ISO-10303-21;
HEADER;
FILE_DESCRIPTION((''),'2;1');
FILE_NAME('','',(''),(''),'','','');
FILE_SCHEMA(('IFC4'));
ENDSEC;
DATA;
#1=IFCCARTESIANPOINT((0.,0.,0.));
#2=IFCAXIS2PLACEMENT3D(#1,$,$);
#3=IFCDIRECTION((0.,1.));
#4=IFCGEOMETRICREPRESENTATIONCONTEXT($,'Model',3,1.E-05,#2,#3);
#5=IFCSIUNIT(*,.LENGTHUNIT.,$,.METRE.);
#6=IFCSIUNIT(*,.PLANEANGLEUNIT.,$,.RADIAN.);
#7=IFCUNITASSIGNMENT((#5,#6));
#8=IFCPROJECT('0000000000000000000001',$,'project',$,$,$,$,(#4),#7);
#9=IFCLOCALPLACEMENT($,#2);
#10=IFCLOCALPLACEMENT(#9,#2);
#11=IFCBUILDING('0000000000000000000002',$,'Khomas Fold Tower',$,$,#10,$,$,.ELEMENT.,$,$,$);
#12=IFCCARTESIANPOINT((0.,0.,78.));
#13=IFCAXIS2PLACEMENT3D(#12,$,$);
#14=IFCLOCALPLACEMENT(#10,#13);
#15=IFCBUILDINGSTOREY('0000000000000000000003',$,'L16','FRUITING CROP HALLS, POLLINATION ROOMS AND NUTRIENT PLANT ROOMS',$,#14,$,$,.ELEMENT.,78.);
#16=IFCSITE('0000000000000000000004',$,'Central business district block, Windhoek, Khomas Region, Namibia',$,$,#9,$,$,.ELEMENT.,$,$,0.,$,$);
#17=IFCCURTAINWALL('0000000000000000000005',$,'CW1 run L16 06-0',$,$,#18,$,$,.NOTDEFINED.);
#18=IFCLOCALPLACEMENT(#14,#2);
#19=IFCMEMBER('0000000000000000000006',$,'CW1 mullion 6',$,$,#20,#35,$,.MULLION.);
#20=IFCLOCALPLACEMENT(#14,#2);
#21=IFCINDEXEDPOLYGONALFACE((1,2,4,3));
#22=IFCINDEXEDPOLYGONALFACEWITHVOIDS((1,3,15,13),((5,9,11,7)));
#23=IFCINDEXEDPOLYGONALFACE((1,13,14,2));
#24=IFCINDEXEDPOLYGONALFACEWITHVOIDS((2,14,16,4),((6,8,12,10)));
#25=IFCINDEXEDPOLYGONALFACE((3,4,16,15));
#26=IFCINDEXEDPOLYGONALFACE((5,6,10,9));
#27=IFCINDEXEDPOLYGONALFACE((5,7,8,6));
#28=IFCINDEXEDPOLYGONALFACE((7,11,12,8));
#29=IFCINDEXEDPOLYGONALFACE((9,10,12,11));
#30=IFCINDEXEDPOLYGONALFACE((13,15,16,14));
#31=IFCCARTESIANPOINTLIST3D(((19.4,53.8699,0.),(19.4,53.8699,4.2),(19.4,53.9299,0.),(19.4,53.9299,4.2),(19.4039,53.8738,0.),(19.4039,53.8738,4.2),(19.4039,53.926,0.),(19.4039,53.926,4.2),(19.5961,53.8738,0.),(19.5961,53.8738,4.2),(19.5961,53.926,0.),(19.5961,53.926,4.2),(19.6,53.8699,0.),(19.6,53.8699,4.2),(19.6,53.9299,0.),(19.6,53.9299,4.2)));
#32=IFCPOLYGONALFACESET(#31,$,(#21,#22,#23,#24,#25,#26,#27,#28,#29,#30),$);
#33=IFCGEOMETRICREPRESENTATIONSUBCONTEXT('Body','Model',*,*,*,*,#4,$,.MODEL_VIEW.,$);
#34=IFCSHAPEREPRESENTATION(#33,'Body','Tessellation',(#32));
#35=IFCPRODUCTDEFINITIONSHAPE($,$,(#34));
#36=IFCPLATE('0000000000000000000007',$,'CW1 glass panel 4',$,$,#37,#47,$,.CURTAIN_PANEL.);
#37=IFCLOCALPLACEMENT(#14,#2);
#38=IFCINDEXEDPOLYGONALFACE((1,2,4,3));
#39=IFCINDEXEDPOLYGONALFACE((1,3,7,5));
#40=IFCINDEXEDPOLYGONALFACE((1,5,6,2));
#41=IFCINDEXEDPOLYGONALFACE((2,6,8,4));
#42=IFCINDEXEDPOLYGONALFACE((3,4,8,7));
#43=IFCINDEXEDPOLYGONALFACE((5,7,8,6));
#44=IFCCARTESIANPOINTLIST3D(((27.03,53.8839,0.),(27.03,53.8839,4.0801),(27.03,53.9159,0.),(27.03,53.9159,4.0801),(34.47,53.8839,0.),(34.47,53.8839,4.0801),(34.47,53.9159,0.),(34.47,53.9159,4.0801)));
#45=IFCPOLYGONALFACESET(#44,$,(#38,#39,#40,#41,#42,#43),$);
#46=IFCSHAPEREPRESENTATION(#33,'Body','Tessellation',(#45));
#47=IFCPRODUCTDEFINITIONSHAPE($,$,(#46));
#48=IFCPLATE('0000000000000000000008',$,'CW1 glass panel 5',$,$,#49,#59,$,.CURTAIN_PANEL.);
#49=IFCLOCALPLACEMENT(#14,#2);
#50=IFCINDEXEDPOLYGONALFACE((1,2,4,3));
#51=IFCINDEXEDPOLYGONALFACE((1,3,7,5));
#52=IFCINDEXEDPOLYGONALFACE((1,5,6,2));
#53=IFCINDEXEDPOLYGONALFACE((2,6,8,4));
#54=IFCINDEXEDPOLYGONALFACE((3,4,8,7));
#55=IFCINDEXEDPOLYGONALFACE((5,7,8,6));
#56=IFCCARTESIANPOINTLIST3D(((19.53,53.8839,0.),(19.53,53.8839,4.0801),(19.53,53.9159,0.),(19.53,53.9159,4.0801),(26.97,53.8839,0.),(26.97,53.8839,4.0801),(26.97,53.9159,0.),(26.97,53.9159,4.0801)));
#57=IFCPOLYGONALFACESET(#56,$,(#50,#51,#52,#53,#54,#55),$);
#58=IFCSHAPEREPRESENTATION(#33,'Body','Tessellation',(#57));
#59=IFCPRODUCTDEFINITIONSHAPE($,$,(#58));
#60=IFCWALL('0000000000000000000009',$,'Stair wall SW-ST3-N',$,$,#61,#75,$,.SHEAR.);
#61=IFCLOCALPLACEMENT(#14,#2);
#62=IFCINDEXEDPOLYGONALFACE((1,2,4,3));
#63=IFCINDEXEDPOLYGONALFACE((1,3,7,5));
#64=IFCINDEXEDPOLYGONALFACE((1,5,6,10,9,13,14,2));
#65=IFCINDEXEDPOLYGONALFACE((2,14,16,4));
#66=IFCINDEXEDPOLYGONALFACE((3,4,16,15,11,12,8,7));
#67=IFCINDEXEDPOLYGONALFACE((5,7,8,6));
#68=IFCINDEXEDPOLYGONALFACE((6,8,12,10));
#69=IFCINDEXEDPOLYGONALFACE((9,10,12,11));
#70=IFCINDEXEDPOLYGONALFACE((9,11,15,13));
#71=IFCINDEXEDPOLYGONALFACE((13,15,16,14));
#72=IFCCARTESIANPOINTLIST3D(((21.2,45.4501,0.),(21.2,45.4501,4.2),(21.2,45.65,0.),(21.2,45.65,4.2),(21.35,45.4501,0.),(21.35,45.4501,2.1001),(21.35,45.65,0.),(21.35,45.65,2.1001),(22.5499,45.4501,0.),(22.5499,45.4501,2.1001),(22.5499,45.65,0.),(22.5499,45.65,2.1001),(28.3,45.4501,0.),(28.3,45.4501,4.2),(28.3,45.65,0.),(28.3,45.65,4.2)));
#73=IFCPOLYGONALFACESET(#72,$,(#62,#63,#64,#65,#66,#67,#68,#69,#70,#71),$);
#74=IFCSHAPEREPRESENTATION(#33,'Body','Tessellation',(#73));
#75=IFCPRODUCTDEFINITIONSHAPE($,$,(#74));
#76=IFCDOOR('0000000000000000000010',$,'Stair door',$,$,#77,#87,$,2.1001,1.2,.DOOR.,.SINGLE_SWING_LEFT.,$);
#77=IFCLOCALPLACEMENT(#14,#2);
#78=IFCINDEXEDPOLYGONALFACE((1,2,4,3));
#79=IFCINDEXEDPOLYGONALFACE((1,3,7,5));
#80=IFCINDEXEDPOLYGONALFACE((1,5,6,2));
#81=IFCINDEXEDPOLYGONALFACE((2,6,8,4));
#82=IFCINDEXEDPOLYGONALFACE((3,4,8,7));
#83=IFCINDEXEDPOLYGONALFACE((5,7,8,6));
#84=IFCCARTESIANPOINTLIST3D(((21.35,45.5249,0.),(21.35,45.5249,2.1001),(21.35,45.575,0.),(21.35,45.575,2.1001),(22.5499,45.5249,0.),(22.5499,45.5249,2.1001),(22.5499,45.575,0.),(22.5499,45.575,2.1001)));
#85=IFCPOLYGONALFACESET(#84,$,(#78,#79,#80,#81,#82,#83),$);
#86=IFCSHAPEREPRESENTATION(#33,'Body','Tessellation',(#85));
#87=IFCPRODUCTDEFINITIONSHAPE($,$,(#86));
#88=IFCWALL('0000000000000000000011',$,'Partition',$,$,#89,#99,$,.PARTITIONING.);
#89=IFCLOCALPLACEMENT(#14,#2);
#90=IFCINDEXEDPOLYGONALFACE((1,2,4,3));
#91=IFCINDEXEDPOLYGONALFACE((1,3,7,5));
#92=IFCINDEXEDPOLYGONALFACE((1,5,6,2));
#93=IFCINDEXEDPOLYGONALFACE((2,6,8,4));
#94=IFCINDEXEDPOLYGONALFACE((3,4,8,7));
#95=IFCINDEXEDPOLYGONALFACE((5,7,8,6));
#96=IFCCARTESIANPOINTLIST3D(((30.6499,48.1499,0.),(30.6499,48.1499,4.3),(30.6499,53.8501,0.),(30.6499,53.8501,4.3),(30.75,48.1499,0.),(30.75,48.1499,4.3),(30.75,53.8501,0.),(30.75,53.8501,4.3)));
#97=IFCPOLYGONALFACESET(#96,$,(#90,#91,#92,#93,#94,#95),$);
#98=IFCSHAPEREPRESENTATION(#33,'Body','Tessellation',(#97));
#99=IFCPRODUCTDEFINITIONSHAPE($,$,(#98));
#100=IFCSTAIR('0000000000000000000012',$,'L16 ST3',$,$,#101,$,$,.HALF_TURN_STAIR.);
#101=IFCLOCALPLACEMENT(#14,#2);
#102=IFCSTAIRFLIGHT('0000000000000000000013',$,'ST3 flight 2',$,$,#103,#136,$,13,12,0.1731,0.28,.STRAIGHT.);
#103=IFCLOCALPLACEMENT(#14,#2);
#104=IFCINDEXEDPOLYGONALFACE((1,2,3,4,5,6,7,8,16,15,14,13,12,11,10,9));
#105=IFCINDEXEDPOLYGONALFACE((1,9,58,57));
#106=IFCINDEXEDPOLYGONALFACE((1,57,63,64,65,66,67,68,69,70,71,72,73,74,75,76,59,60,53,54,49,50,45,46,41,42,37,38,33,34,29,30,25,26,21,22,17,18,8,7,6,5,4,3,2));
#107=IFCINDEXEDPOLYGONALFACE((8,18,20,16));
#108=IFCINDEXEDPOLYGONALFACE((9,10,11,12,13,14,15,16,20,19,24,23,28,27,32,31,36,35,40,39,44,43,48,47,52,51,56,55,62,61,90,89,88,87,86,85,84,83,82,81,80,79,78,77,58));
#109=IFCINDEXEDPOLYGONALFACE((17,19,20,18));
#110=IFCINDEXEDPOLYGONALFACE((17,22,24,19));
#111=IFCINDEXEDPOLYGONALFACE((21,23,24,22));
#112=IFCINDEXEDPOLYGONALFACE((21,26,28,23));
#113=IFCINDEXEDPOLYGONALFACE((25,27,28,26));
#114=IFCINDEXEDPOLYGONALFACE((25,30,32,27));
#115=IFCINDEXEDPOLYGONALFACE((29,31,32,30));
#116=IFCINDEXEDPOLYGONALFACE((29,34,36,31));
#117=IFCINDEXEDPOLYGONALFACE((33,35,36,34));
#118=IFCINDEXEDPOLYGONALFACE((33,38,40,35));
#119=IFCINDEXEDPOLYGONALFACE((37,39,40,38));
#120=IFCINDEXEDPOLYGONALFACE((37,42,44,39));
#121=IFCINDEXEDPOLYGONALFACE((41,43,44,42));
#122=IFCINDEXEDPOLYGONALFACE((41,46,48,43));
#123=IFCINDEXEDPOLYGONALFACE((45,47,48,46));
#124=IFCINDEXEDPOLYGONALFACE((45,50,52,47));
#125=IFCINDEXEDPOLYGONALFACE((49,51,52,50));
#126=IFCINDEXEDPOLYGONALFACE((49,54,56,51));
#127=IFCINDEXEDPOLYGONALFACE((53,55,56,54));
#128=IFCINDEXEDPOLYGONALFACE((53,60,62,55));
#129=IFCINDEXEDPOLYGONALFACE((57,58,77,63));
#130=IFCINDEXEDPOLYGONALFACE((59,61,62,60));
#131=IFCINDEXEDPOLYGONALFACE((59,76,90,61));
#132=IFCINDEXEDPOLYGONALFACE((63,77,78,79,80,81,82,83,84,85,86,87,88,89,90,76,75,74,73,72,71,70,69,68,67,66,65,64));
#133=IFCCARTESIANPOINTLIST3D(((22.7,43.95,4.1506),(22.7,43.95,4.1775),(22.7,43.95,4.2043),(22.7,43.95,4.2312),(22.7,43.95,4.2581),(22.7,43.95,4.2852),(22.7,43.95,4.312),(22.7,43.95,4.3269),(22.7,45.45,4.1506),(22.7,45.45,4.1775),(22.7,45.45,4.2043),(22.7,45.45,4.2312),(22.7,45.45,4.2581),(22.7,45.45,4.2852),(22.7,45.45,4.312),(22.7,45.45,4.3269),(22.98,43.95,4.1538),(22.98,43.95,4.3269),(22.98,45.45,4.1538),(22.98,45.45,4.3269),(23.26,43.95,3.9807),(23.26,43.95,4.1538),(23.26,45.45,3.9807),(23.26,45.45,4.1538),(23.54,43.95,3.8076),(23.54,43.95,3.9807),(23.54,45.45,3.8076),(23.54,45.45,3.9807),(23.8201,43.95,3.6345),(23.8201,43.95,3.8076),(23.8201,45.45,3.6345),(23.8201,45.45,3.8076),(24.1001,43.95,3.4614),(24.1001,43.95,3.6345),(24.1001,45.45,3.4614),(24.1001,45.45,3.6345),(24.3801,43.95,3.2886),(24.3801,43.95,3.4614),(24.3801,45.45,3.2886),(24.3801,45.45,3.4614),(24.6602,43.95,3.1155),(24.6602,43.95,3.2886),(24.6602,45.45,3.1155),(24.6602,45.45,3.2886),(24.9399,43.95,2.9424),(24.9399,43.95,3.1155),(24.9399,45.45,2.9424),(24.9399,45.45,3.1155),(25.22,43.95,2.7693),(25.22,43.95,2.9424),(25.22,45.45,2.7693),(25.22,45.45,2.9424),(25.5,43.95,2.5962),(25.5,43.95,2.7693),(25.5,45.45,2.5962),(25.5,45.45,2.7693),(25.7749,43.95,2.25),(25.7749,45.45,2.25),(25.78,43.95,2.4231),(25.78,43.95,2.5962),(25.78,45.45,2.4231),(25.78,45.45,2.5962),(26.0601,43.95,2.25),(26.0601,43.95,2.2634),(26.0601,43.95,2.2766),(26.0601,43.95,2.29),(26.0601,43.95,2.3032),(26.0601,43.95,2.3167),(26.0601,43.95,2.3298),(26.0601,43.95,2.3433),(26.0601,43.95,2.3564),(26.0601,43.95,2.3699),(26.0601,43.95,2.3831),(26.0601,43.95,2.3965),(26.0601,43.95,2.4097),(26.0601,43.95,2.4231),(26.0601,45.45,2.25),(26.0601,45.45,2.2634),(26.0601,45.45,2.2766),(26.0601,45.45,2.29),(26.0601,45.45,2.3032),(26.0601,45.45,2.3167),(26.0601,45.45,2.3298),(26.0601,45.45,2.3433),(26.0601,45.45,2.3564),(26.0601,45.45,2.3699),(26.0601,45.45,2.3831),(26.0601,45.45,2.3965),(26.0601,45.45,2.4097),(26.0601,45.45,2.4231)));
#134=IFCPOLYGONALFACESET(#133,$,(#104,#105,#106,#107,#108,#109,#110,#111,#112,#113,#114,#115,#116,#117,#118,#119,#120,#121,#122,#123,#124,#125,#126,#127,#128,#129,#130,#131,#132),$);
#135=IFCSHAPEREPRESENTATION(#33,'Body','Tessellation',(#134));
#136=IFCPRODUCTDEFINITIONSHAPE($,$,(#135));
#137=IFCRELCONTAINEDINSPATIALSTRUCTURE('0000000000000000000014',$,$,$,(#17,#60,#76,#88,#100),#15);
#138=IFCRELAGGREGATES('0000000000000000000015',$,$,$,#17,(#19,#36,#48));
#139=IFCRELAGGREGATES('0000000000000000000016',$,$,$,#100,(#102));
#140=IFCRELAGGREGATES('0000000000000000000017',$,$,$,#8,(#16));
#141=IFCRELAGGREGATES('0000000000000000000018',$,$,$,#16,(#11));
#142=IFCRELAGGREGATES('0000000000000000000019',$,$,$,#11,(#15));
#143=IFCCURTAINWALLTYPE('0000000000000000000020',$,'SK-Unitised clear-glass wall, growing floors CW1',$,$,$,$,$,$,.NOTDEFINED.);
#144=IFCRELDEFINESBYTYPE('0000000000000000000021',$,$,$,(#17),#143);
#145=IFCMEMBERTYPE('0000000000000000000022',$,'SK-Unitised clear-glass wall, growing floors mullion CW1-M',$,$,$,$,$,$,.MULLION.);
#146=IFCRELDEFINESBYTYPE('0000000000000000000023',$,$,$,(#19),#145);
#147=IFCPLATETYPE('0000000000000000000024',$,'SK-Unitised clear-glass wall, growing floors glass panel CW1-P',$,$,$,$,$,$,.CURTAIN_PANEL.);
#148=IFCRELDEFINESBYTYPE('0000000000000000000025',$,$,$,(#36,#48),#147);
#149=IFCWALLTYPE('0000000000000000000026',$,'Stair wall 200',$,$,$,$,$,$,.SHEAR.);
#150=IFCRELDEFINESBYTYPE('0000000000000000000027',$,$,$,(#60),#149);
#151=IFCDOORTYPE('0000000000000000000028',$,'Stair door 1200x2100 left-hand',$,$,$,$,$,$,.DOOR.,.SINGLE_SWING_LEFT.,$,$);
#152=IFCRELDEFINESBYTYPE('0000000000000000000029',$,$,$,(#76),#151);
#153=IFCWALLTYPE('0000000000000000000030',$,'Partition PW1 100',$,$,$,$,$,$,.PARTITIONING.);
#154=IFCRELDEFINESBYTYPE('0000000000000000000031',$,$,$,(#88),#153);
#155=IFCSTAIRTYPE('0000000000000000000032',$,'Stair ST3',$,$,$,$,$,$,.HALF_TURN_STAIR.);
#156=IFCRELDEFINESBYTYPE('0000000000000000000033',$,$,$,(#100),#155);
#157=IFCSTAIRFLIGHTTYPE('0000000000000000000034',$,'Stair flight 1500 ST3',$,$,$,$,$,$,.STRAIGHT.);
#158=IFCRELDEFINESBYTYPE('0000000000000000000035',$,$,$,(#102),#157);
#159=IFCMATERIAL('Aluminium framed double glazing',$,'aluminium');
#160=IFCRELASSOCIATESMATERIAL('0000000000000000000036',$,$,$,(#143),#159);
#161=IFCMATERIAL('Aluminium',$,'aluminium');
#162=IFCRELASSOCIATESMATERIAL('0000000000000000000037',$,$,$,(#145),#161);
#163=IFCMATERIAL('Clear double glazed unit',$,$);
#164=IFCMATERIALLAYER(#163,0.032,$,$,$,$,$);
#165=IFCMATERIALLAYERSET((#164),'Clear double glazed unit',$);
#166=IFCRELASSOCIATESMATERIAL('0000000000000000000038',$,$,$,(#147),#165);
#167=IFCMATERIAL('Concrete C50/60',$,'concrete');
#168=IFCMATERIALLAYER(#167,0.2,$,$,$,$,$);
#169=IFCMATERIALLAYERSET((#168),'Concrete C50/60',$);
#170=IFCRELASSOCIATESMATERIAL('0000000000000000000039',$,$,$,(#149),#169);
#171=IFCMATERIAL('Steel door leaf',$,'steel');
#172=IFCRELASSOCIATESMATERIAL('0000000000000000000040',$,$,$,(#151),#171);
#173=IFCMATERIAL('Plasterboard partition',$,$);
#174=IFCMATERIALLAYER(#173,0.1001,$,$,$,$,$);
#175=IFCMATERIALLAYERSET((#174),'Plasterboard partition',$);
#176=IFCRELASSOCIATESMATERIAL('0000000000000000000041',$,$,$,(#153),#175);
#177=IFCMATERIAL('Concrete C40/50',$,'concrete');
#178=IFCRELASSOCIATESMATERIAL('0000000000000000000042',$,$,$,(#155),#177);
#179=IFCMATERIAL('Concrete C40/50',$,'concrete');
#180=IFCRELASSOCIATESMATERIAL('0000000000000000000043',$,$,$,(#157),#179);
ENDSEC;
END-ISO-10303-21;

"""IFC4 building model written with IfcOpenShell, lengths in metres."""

from ifc_helpers import new_model, si_unit, direction, frame, frame_2d, origin, origin_2d, place, context, subcontext, project, spatial, polyline, rectangle, hollow_rectangle, outline, extrude, source, transform, mapped, material, layer, layer_set, material_profile, profile_set, type_object, element, fill, aggregate, save


model = new_model("IFC4")

# Units and contexts
model_context = context("Model", 3, precision=1e-05, world=origin(), true_north=direction((0.0, 1.0)))
body_context = subcontext(model_context, "Body", "Model", "MODEL_VIEW")
ifc_project = project(units=[si_unit("LENGTHUNIT", "METRE"), si_unit("PLANEANGLEUNIT", "RADIAN")], contexts=[model_context])

# Site, building, storey
site_placement = place(None, origin())
site = spatial("IfcSite", under=ifc_project, at=site_placement, Name="Central business district block, Windhoek, Khomas Region, Namibia", CompositionType="ELEMENT", RefElevation=0.0)
building_placement = place(site_placement, origin())
building = spatial("IfcBuilding", under=site, at=building_placement, Name="Khomas Fold Tower", CompositionType="ELEMENT")
storey_placement = place(building_placement, frame((0.0, 0.0, 78.0)))
storey = spatial("IfcBuildingStorey", under=building, at=storey_placement, Name="L16", Description="FRUITING CROP HALLS, POLLINATION ROOMS AND NUTRIENT PLANT ROOMS", CompositionType="ELEMENT", Elevation=78.0)

# Curtain wall, member, plates
ifc_material_1 = material(Name="Aluminium framed double glazing", Category="aluminium")
curtain_wall_type = type_object("IfcCurtainWallType", Name="SK-Unitised clear-glass wall, growing floors CW1", PredefinedType="NOTDEFINED", material=ifc_material_1)
curtain_wall_placement = place(storey_placement, origin())
curtain_wall = element("IfcCurtainWall", 1, at=curtain_wall_placement, inside=storey, type_object=curtain_wall_type, Name="CW1 run L16 06-0", PredefinedType="NOTDEFINED")
ifc_material_2 = material(Name="Aluminium", Category="aluminium")
ifc_material_profile_1 = material_profile(ifc_material_2, hollow_rectangle(XDim=0.0601, YDim=0.2, WallThickness=0.0039, at=origin_2d()), Name="SK-Unitised clear-glass wall, growing floors mullion CW1-M")
ifc_profile_set_1 = profile_set([ifc_material_profile_1], Name="Aluminium")
member_type_1 = type_object("IfcMemberType", Name="SK-Unitised clear-glass wall, growing floors mullion CW1-M", PredefinedType="MULLION", material=ifc_profile_set_1)
shared_shape_1 = source(origin(), body_context, "Body", "SweptSolid", [
    extrude(hollow_rectangle(XDim=0.0601, YDim=0.2, WallThickness=0.0039, at=origin_2d()), origin(), (0.0, 0.0, 1.0), 4.2),
])
member_1_placement = place(storey_placement, frame((19.5, 53.8999, 0.0), z_axis=(0.0, 0.0, 1.0), x_axis=(0.0, -1.0, 0.0)))
member_1 = element("IfcMember", 2, at=member_1_placement, type_object=member_type_1, Name="CW1 mullion 6", PredefinedType="MULLION", context=body_context, shape_type="MappedRepresentation", body=[
    mapped(shared_shape_1, transform((0.0, 0.0, 0.0))),
])
ifc_material_3 = material(Name="Clear double glazed unit")
ifc_layer_1 = layer(ifc_material_3, 0.032)
ifc_layer_set_1 = layer_set([ifc_layer_1], Name="Clear double glazed unit")
plate_type = type_object("IfcPlateType", Name="SK-Unitised clear-glass wall, growing floors glass panel CW1-P", PredefinedType="CURTAIN_PANEL", material=ifc_layer_set_1)
shared_shape_2 = source(origin(), body_context, "Body", "SweptSolid", [
    extrude(rectangle(XDim=7.4399, YDim=0.032, at=origin_2d()), origin(), (0.0, 0.0, 1.0), 4.0801),
])
plate_1_placement = place(storey_placement, frame((30.75, 53.8999, 0.0), z_axis=(0.0, 0.0, 1.0), x_axis=(-1.0, 0.0, 0.0)))
plate_1 = element("IfcPlate", 3, at=plate_1_placement, type_object=plate_type, Name="CW1 glass panel 4", PredefinedType="CURTAIN_PANEL", context=body_context, shape_type="MappedRepresentation", body=[
    mapped(shared_shape_2, transform((0.0, 0.0, 0.0))),
])
plate_2_placement = place(storey_placement, frame((23.25, 53.8999, 0.0), z_axis=(0.0, 0.0, 1.0), x_axis=(-1.0, 0.0, 0.0)))
plate_2 = element("IfcPlate", 4, at=plate_2_placement, type_object=plate_type, Name="CW1 glass panel 5", PredefinedType="CURTAIN_PANEL", context=body_context, shape_type="MappedRepresentation", body=[
    mapped(shared_shape_2, transform((0.0, 0.0, 0.0))),
])
aggregate(curtain_wall, [member_1, plate_1, plate_2])

# Wall, opening, door
ifc_material_4 = material(Name="Concrete C50/60", Category="concrete")
ifc_layer_2 = layer(ifc_material_4, 0.2)
ifc_layer_set_2 = layer_set([ifc_layer_2], Name="Concrete C50/60")
wall_type_1 = type_object("IfcWallType", Name="Stair wall 200", PredefinedType="SHEAR", material=ifc_layer_set_2)
shared_shape_3 = source(origin(), body_context, "Body", "SweptSolid", [
    extrude(rectangle(XDim=7.1001, YDim=0.2, at=frame_2d((3.55, 0.0))), origin(), (0.0, 0.0, 1.0), 4.2),
])
wall_1_placement = place(storey_placement, frame((21.2, 45.55, 0.0), z_axis=(0.0, 0.0, 1.0), x_axis=(1.0, 0.0, 0.0)))
wall_1 = element("IfcWall", 5, at=wall_1_placement, inside=storey, type_object=wall_type_1, Name="Stair wall SW-ST3-N", PredefinedType="SHEAR", context=body_context, shape_type="MappedRepresentation", body=[
    mapped(shared_shape_3, transform((0.0, 0.0, 0.0))),
])
shared_shape_4 = source(origin(), body_context, "Body", "SweptSolid", [
    extrude(rectangle(XDim=1.2, YDim=2.1001, at=frame_2d((0.6001, 1.05))), frame((0.0, 0.1099, 0.0), z_axis=(0.0, -1.0, 0.0), x_axis=(1.0, 0.0, 0.0)), (0.0, 0.0, 1.0), 0.22),
])
opening_placement = place(wall_1_placement, frame((0.1499, 0.0, 0.0)))
opening = element("IfcOpeningElement", 6, at=opening_placement, cuts=wall_1, PredefinedType="OPENING", context=body_context, shape_type="MappedRepresentation", body=[
    mapped(shared_shape_4, transform((0.0, 0.0, 0.0))),
])
ifc_material_5 = material(Name="Steel door leaf", Category="steel")
door_type = type_object("IfcDoorType", Name="Stair door 1200x2100 left-hand", OperationType="SINGLE_SWING_LEFT", PredefinedType="DOOR", material=ifc_material_5)
shared_shape_5 = source(origin(), body_context, "Body", "SweptSolid", [
    extrude(rectangle(XDim=1.2, YDim=2.1001, at=frame_2d((0.6001, 1.05))), frame((0.0, 0.0249, 0.0), z_axis=(0.0, -1.0, 0.0), x_axis=(1.0, 0.0, 0.0)), (0.0, 0.0, 1.0), 0.05),
])
door_placement = place(opening_placement, origin())
door = element("IfcDoor", 7, at=door_placement, inside=storey, type_object=door_type, Name="Stair door", OperationType="SINGLE_SWING_LEFT", OverallHeight=2.1001, OverallWidth=1.2, PredefinedType="DOOR", context=body_context, shape_type="MappedRepresentation", body=[
    mapped(shared_shape_5, transform((0.0, 0.0, 0.0))),
])
fill(opening, door)

# Wall
ifc_material_6 = material(Name="Plasterboard partition")
ifc_layer_3 = layer(ifc_material_6, 0.1001)
ifc_layer_set_3 = layer_set([ifc_layer_3], Name="Plasterboard partition")
wall_type_2 = type_object("IfcWallType", Name="Partition PW1 100", PredefinedType="PARTITIONING", material=ifc_layer_set_3)
shared_shape_6 = source(origin(), body_context, "Body", "SweptSolid", [
    extrude(rectangle(XDim=5.7002, YDim=0.1001, at=frame_2d((2.8501, 0.0))), origin(), (0.0, 0.0, 1.0), 4.3),
])
wall_2_placement = place(storey_placement, frame((30.7, 48.1499, 0.0), z_axis=(0.0, 0.0, 1.0), x_axis=(0.0, 1.0, 0.0)))
element("IfcWall", 8, at=wall_2_placement, inside=storey, type_object=wall_type_2, Name="Partition", PredefinedType="PARTITIONING", context=body_context, shape_type="MappedRepresentation", body=[
    mapped(shared_shape_6, transform((0.0, 0.0, 0.0))),
])

# Stair, stair flight
ifc_material_7 = material(Name="Concrete C40/50", Category="concrete")
stair_type = type_object("IfcStairType", Name="Stair ST3", PredefinedType="HALF_TURN_STAIR", material=ifc_material_7)
stair_placement = place(storey_placement, origin())
stair = element("IfcStair", 9, at=stair_placement, inside=storey, type_object=stair_type, Name="L16 ST3", PredefinedType="HALF_TURN_STAIR")
ifc_material_8 = material(Name="Concrete C40/50", Category="concrete")
stair_flight_type = type_object("IfcStairFlightType", Name="Stair flight 1500 ST3", PredefinedType="STRAIGHT", material=ifc_material_8)
shared_shape_7 = source(origin(), body_context, "Body", "SweptSolid", [
    extrude(outline(polyline([(0.0, 0.0), (0.0, 0.0134), (0.0, 0.0266), (0.0, 0.04), (0.0, 0.0532), (0.0, 0.0667), (0.0, 0.0798), (0.0, 0.0933), (0.0, 0.1064), (0.0, 0.1199), (0.0, 0.1331), (0.0, 0.1465), (0.0, 0.1597), (0.0, 0.1731), (0.28, 0.1731), (0.28, 0.3462), (0.5601, 0.3462), (0.5601, 0.5193), (0.8401, 0.5193), (0.8401, 0.6924), (1.1201, 0.6924), (1.1201, 0.8655), (1.3999, 0.8655), (1.3999, 1.0386), (1.6799, 1.0386), (1.6799, 1.2114), (1.96, 1.2114), (1.96, 1.3845), (2.24, 1.3845), (2.24, 1.5576), (2.52, 1.5576), (2.52, 1.7307), (2.8, 1.7307), (2.8, 1.9038), (3.0801, 1.9038), (3.0801, 2.0769), (3.3601, 2.0769), (3.3601, 2.25), (3.3601, 2.2231), (3.3601, 2.1963), (3.3601, 2.1694), (3.3601, 2.1426), (3.3601, 2.1157), (3.3601, 2.0889), (3.3601, 2.062), (3.3601, 2.0352), (3.3601, 2.0081), (3.3601, 1.9812), (3.3601, 1.9543), (3.3601, 1.9275), (3.3601, 1.9006), (0.2852, 0.0), (0.0, 0.0)])), frame((0.0, 0.75, 0.0), z_axis=(0.0, -1.0, 0.0), x_axis=(1.0, 0.0, 0.0)), (0.0, 0.0, 1.0), 1.5),
])
stair_flight_placement = place(storey_placement, frame((26.0601, 44.7, 2.25), z_axis=(0.0, 0.0, 1.0), x_axis=(-1.0, 0.0, 0.0)))
stair_flight = element("IfcStairFlight", 10, at=stair_flight_placement, type_object=stair_flight_type, Name="ST3 flight 2", NumberOfRisers=13, NumberOfTreads=12, PredefinedType="STRAIGHT", RiserHeight=0.1731, TreadLength=0.28, context=body_context, shape_type="MappedRepresentation", body=[
    mapped(shared_shape_7, transform((0.0, 0.0, 0.0))),
])
aggregate(stair, [stair_flight])

save(model, "model.ifc")
